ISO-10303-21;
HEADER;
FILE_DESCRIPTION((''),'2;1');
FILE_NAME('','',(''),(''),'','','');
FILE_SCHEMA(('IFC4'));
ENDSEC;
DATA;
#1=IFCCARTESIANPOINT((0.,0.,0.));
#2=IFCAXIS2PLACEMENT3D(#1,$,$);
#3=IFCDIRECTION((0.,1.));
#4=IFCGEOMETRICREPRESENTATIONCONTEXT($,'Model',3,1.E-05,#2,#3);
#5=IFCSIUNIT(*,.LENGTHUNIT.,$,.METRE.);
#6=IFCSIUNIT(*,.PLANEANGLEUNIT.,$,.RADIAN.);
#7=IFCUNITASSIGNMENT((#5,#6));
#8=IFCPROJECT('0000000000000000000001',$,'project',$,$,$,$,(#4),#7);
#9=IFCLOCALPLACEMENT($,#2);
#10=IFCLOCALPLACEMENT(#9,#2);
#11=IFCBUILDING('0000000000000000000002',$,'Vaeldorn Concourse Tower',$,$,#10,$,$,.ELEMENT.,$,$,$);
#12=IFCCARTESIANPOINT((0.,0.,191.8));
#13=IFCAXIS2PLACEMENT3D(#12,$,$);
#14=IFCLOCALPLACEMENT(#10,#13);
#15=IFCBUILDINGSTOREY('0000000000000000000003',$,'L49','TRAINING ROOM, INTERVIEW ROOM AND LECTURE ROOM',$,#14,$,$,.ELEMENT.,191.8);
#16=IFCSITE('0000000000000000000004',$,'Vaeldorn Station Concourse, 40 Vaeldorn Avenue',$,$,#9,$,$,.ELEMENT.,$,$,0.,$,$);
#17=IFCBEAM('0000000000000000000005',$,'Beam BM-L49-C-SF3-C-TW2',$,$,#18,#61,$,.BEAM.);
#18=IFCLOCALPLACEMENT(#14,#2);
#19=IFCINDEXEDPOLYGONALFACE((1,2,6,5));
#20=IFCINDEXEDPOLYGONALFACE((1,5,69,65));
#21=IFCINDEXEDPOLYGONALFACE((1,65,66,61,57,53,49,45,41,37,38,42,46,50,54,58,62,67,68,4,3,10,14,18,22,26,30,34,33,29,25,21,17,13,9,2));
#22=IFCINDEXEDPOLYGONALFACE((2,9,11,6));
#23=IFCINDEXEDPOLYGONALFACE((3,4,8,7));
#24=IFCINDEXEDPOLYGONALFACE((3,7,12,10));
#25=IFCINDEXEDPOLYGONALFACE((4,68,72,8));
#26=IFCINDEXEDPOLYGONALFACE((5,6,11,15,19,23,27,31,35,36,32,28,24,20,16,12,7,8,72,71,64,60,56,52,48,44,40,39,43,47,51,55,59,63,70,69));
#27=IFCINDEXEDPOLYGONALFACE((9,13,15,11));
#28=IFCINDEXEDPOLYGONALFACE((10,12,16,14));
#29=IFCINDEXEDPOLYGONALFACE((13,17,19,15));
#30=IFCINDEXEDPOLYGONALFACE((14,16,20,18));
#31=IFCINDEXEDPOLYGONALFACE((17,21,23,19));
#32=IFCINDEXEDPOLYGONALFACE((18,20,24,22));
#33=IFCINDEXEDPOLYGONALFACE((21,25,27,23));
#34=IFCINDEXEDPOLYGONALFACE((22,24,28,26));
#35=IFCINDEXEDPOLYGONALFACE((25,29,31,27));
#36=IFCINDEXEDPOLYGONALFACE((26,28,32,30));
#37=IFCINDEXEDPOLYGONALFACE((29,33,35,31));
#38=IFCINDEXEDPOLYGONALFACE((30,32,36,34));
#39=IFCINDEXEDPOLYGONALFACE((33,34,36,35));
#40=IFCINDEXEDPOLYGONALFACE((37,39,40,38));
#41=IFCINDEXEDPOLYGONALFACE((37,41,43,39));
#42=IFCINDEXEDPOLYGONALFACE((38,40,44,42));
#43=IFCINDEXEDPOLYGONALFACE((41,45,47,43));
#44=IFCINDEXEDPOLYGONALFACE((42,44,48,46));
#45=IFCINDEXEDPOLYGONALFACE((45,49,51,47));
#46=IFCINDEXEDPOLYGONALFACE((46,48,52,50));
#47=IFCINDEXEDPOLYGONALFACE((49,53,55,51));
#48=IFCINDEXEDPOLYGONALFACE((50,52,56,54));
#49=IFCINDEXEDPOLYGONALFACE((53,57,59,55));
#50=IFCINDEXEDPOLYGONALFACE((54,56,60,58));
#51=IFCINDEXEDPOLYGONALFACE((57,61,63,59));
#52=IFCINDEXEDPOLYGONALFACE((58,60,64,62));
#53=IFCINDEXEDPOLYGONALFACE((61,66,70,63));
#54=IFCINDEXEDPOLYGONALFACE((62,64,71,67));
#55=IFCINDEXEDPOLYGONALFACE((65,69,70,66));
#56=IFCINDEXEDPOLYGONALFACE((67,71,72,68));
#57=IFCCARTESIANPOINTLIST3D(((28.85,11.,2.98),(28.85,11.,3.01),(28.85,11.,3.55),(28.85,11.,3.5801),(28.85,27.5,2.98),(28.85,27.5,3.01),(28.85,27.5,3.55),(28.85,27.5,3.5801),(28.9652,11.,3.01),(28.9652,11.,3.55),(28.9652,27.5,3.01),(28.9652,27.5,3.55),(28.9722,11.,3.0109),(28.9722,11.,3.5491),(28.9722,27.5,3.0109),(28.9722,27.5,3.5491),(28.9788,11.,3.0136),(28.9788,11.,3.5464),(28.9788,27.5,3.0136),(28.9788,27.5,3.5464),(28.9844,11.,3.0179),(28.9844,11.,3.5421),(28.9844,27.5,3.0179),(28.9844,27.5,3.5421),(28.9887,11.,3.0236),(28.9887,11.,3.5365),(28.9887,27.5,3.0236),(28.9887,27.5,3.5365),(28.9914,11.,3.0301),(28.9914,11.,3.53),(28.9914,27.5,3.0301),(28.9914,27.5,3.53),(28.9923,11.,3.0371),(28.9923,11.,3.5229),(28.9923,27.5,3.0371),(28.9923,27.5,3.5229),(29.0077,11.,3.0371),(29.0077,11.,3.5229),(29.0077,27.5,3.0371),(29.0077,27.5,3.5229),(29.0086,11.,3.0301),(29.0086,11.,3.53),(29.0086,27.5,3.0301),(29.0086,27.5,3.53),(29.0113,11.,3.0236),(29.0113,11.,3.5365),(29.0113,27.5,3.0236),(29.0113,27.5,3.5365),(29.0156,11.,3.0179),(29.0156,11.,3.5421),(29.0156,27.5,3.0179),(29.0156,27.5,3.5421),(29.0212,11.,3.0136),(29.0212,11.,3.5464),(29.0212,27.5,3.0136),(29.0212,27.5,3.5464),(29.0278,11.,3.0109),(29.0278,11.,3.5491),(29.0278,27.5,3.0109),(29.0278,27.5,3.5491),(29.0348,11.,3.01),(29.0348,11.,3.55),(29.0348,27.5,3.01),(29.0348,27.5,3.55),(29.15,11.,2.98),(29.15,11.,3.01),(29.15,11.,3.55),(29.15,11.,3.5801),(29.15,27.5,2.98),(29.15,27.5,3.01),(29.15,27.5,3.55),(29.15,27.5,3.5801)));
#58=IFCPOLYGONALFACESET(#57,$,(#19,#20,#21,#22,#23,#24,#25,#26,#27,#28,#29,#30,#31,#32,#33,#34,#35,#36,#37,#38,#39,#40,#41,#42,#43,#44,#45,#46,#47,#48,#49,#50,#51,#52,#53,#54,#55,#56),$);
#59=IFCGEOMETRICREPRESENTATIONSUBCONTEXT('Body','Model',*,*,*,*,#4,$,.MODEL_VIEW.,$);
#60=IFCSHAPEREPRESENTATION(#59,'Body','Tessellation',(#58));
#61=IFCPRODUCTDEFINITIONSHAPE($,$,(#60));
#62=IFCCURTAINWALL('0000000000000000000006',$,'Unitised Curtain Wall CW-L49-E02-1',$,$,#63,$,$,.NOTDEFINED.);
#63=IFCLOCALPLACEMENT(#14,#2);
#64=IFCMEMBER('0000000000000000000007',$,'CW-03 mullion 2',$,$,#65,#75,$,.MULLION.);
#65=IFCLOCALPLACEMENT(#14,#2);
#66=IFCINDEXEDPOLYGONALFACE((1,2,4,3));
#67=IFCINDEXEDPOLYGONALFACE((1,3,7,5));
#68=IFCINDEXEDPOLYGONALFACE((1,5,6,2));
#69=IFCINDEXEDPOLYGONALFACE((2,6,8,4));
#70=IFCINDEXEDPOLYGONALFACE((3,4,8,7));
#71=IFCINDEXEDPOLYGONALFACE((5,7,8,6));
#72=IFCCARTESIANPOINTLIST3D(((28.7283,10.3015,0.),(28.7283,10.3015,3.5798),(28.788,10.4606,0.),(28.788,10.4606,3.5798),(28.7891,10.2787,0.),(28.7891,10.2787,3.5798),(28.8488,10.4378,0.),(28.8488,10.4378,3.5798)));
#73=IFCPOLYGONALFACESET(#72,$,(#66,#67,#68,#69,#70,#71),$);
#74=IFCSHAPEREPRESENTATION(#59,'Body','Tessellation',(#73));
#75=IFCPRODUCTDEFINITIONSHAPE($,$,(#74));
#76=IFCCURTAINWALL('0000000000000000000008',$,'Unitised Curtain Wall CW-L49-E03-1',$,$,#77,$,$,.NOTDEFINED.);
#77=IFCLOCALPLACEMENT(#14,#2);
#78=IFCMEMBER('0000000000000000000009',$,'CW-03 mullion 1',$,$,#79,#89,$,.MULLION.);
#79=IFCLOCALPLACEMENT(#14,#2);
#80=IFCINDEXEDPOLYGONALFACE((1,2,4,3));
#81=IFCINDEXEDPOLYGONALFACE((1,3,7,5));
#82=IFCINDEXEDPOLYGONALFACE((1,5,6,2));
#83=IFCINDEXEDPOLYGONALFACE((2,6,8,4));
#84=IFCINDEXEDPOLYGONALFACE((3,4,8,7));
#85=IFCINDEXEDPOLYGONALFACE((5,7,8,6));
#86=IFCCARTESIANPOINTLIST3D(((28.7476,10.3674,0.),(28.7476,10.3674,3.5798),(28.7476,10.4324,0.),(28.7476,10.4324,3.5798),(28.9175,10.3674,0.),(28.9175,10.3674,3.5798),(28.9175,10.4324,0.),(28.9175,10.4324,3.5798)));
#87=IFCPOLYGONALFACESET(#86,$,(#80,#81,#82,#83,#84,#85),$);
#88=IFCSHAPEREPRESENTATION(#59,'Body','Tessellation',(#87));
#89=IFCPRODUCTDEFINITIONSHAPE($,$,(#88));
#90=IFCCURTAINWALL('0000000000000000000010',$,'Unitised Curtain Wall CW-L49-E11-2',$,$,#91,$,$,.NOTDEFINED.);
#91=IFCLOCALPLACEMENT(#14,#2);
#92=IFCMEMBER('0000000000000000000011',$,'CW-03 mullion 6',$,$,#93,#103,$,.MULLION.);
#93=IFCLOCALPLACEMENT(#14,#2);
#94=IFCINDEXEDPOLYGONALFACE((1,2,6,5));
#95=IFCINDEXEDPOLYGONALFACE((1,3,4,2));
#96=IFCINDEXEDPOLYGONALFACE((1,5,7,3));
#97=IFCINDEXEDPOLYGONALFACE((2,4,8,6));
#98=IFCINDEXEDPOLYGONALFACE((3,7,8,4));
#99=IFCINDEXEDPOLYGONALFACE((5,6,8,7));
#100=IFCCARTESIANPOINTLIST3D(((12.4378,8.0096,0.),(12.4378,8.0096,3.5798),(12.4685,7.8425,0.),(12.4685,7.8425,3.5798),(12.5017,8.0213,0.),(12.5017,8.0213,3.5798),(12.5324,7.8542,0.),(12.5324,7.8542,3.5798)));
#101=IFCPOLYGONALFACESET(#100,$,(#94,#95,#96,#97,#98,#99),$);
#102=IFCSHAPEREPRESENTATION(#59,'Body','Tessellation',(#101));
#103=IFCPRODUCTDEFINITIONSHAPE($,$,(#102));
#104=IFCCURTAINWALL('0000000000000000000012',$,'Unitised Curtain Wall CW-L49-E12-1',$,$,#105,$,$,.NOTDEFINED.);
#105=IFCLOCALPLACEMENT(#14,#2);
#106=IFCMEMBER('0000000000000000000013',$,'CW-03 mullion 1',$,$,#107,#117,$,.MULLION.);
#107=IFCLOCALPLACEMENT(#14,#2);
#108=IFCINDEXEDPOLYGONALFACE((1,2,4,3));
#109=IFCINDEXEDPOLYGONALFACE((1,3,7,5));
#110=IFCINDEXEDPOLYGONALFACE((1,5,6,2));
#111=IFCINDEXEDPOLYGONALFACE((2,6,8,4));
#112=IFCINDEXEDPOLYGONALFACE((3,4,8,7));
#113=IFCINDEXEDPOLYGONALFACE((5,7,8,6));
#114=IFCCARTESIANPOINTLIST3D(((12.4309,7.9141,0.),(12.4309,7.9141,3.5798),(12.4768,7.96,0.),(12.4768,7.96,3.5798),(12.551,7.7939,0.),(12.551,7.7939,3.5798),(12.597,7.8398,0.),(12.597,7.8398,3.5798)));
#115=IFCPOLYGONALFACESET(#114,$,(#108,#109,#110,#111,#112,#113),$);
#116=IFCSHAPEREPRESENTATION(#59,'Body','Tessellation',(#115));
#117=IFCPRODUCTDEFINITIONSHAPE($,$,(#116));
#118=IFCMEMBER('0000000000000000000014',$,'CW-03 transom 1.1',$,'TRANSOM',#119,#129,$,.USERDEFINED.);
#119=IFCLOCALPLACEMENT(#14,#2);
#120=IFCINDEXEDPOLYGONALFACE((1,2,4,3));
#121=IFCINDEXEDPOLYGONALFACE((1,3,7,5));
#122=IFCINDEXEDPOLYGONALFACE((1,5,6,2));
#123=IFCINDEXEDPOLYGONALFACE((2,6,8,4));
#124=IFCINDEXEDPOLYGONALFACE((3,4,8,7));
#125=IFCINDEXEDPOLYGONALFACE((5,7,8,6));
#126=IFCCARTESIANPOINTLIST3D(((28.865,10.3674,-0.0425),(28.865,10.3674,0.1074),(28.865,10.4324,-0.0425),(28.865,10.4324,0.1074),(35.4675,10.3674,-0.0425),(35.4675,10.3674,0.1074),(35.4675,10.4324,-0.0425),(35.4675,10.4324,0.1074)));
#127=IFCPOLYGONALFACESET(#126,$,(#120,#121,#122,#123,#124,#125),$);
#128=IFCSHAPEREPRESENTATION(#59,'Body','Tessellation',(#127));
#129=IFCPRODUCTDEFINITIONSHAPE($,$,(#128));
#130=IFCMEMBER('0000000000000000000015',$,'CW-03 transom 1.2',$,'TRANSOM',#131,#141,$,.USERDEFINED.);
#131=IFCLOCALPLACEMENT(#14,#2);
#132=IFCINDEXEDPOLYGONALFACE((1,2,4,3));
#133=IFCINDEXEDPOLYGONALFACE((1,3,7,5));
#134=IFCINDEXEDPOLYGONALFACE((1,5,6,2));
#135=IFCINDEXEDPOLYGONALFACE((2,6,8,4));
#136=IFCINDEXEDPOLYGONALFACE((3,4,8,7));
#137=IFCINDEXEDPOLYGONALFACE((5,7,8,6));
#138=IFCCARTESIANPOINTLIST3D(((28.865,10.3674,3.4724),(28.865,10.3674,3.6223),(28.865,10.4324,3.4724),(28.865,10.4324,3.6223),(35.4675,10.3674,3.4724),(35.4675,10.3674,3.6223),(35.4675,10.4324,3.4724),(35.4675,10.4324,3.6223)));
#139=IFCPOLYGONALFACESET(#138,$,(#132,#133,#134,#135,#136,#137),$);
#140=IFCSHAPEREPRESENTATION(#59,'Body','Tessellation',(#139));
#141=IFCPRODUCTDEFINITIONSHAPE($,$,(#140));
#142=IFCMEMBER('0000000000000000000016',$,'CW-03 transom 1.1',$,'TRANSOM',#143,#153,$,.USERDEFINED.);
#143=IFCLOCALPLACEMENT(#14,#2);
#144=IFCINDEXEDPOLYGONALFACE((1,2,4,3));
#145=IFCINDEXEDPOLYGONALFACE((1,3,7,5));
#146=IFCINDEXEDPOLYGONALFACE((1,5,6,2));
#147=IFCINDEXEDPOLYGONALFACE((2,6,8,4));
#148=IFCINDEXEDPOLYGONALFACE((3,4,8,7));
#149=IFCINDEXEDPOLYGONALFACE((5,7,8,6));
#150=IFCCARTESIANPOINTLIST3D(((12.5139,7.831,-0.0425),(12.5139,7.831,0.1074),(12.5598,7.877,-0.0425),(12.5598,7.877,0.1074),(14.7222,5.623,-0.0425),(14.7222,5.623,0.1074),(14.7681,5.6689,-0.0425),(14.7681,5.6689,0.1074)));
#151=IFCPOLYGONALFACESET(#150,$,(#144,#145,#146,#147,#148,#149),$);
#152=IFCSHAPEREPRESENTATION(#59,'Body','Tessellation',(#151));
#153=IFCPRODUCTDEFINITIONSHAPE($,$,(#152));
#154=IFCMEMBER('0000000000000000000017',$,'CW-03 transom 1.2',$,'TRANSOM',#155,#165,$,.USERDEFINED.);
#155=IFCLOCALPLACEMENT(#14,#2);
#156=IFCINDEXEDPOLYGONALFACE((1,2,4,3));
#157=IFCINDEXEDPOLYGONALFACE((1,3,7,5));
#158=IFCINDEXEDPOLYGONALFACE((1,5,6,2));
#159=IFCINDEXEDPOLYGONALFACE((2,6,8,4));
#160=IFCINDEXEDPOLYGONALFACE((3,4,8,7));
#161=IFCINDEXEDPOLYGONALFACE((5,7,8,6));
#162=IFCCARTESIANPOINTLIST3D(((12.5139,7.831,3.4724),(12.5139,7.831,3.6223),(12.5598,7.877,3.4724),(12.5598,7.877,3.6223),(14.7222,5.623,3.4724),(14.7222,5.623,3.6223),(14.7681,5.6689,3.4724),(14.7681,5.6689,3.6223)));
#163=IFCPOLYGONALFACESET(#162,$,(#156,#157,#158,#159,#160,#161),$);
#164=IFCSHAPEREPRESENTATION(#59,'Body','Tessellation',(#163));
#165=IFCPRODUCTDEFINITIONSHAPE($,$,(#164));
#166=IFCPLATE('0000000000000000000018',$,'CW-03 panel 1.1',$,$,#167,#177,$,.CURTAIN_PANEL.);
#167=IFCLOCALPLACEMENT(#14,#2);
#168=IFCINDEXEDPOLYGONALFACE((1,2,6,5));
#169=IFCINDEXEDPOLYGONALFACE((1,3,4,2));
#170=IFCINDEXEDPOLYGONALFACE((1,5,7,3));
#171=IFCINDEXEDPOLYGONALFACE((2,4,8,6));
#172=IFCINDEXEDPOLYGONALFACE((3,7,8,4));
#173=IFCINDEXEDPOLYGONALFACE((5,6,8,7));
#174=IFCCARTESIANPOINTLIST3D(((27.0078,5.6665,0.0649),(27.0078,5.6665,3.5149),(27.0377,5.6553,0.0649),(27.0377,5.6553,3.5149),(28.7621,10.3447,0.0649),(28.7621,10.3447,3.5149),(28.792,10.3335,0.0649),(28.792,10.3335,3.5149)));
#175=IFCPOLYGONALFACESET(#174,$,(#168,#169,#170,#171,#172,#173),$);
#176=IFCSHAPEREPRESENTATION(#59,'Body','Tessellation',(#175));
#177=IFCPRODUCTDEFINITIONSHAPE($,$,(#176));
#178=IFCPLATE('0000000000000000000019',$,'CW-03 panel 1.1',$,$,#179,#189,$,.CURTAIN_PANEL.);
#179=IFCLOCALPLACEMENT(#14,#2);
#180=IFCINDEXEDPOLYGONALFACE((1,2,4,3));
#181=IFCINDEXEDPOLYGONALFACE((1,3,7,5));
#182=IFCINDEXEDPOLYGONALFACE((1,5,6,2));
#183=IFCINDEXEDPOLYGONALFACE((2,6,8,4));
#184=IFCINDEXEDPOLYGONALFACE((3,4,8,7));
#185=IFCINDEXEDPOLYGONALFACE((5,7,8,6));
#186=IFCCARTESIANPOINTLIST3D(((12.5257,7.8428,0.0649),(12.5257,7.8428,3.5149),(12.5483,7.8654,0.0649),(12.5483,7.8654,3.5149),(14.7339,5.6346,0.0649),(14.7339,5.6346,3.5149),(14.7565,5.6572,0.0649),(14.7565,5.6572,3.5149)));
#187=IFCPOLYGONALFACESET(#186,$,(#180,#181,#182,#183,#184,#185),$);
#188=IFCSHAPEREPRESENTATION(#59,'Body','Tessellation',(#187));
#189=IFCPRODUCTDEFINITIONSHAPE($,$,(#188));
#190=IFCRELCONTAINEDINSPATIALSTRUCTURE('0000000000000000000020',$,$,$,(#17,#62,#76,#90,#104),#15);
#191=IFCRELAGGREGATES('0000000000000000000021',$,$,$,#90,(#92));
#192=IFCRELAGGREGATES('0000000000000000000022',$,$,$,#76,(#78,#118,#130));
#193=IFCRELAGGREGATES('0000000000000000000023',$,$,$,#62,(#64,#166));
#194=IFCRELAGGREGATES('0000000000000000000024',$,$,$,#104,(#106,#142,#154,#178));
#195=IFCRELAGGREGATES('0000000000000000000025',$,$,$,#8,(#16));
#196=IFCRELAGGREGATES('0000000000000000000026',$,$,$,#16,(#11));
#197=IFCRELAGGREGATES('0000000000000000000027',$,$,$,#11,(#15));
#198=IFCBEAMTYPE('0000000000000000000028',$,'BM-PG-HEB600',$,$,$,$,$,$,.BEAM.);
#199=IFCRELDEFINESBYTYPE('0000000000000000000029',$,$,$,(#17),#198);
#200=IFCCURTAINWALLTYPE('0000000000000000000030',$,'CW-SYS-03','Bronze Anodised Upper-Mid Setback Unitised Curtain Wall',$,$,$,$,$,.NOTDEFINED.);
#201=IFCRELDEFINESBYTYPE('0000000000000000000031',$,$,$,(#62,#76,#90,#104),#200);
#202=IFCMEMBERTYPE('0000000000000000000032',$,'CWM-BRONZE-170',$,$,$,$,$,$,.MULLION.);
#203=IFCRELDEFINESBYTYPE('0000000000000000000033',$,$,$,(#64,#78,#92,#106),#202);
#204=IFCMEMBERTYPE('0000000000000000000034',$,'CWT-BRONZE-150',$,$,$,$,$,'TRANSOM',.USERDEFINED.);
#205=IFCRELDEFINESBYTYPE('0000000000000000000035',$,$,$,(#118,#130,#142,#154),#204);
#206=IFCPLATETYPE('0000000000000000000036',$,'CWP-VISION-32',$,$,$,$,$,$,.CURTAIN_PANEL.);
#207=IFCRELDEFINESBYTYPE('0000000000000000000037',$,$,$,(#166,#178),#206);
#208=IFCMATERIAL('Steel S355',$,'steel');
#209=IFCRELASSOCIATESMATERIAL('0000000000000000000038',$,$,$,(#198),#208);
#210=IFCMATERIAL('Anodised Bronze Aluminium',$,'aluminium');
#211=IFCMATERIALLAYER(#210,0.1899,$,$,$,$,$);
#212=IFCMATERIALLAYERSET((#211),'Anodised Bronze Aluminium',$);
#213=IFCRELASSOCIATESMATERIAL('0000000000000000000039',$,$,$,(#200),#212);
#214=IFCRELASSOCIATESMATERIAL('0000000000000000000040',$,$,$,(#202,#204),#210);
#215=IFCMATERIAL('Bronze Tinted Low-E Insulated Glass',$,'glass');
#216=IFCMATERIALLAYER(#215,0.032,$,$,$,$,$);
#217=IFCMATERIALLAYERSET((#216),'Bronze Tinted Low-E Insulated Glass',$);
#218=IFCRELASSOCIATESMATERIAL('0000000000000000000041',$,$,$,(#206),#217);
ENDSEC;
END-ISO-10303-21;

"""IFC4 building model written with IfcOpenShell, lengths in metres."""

from ifc_helpers import new_model, si_unit, direction, frame, origin, origin_2d, place, context, subcontext, project, spatial, rectangle, i_section, extrude, source, transform, mapped, material, layer, layer_set, material_profile, profile_set, type_object, element, aggregate, save


model = new_model("IFC4")

# Units and contexts
model_context = context("Model", 3, precision=1e-05, world=origin(), true_north=direction((0.0, 1.0)))
body_context = subcontext(model_context, "Body", "Model", "MODEL_VIEW")
ifc_project = project(units=[si_unit("LENGTHUNIT", "METRE"), si_unit("PLANEANGLEUNIT", "RADIAN")], contexts=[model_context])

# Site, building, storey
site_placement = place(None, origin())
site = spatial("IfcSite", under=ifc_project, at=site_placement, Name="Vaeldorn Station Concourse, 40 Vaeldorn Avenue", CompositionType="ELEMENT", RefElevation=0.0)
building_placement = place(site_placement, origin())
building = spatial("IfcBuilding", under=site, at=building_placement, Name="Vaeldorn Concourse Tower", CompositionType="ELEMENT")
storey_placement = place(building_placement, frame((0.0, 0.0, 191.8)))
storey = spatial("IfcBuildingStorey", under=building, at=storey_placement, Name="L49", Description="TRAINING ROOM, INTERVIEW ROOM AND LECTURE ROOM", CompositionType="ELEMENT", Elevation=191.8)

# Shared definitions
ifc_material_1 = material(Name="Steel S355", Category="steel")

# Beam
ifc_material_profile_1 = material_profile(ifc_material_1, i_section(OverallWidth=0.3, OverallDepth=0.6001, WebThickness=0.0154, FlangeThickness=0.03, FilletRadius=0.0271, at=origin_2d()), Name="HEB 600")
ifc_profile_set_1 = profile_set([ifc_material_profile_1], Name="Steel S355")
beam_type_1 = type_object("IfcBeamType", Name="BM-PG-HEB600", PredefinedType="BEAM", material=ifc_profile_set_1)
shared_shape_1 = source(origin(), body_context, "Body", "SweptSolid", [
    extrude(i_section(OverallWidth=0.3, OverallDepth=0.6001, WebThickness=0.0154, FlangeThickness=0.03, FilletRadius=0.0271, at=origin_2d()), origin(), (0.0, 0.0, 1.0), 16.5),
])
beam_1_placement = place(storey_placement, frame((29.0, 11.0, 3.28), z_axis=(0.0, 1.0, 0.0), x_axis=(-1.0, 0.0, 0.0)))
element("IfcBeam", 1, at=beam_1_placement, inside=storey, type_object=beam_type_1, Name="Beam BM-L49-C-SF3-C-TW2", PredefinedType="BEAM", context=body_context, shape_type="MappedRepresentation", body=[
    mapped(shared_shape_1, transform((0.0, 0.0, 0.0), scale=1.0)),
])

# Curtain walls, members
ifc_material_2 = material(Name="Anodised Bronze Aluminium", Category="aluminium")
ifc_layer_1 = layer(ifc_material_2, 0.1899)
ifc_layer_set_1 = layer_set([ifc_layer_1], Name="Anodised Bronze Aluminium")
curtain_wall_type = type_object("IfcCurtainWallType", Name="CW-SYS-03", Description="Bronze Anodised Upper-Mid Setback Unitised Curtain Wall", PredefinedType="NOTDEFINED", material=ifc_layer_set_1)
curtain_wall_1_placement = place(storey_placement, origin())
curtain_wall_1 = element("IfcCurtainWall", 2, at=curtain_wall_1_placement, inside=storey, type_object=curtain_wall_type, Name="Unitised Curtain Wall CW-L49-E02-1", PredefinedType="NOTDEFINED")
ifc_material_profile_2 = material_profile(ifc_material_2, rectangle(XDim=0.0649, YDim=0.1699, at=origin_2d()), Name="CWM 65x170")
ifc_profile_set_2 = profile_set([ifc_material_profile_2], Name="Anodised Bronze Aluminium")
member_type_1 = type_object("IfcMemberType", Name="CWM-BRONZE-170", PredefinedType="MULLION", material=ifc_profile_set_2)
shared_shape_2 = source(origin(), body_context, "Body", "SweptSolid", [
    extrude(rectangle(XDim=0.0649, YDim=0.1699, at=origin_2d()), origin(), (0.0, 0.0, 1.0), 3.5798),
])
member_1_placement = place(storey_placement, frame((28.7886, 10.3696, 0.0), z_axis=(0.0, 0.0, 1.0), x_axis=(-0.936329, 0.351123, 0.0)))
member_1 = element("IfcMember", 3, at=member_1_placement, type_object=member_type_1, Name="CW-03 mullion 2", PredefinedType="MULLION", context=body_context, shape_type="MappedRepresentation", body=[
    mapped(shared_shape_2, transform((0.0, 0.0, 0.0), scale=1.0)),
])
curtain_wall_2_placement = place(storey_placement, origin())
curtain_wall_2 = element("IfcCurtainWall", 4, at=curtain_wall_2_placement, inside=storey, type_object=curtain_wall_type, Name="Unitised Curtain Wall CW-L49-E03-1", PredefinedType="NOTDEFINED")
member_2_placement = place(storey_placement, frame((28.8325, 10.3999, 0.0), z_axis=(0.0, 0.0, 1.0), x_axis=(0.0, 1.0, 0.0)))
member_2 = element("IfcMember", 5, at=member_2_placement, type_object=member_type_1, Name="CW-03 mullion 1", PredefinedType="MULLION", context=body_context, shape_type="MappedRepresentation", body=[
    mapped(shared_shape_2, transform((0.0, 0.0, 0.0), scale=1.0)),
])
curtain_wall_3_placement = place(storey_placement, origin())
curtain_wall_3 = element("IfcCurtainWall", 6, at=curtain_wall_3_placement, inside=storey, type_object=curtain_wall_type, Name="Unitised Curtain Wall CW-L49-E11-2", PredefinedType="NOTDEFINED")
member_3_placement = place(storey_placement, frame((12.4851, 7.9319, 0.0), z_axis=(0.0, 0.0, 1.0), x_axis=(0.983559, 0.180585, 0.0)))
member_3 = element("IfcMember", 7, at=member_3_placement, type_object=member_type_1, Name="CW-03 mullion 6", PredefinedType="MULLION", context=body_context, shape_type="MappedRepresentation", body=[
    mapped(shared_shape_2, transform((0.0, 0.0, 0.0), scale=1.0)),
])
aggregate(curtain_wall_3, [member_3])
curtain_wall_4_placement = place(storey_placement, origin())
curtain_wall_4 = element("IfcCurtainWall", 8, at=curtain_wall_4_placement, inside=storey, type_object=curtain_wall_type, Name="Unitised Curtain Wall CW-L49-E12-1", PredefinedType="NOTDEFINED")
member_4_placement = place(storey_placement, frame((12.5139, 7.877, 0.0), z_axis=(0.0, 0.0, 1.0), x_axis=(0.707107, 0.707107, 0.0)))
member_4 = element("IfcMember", 9, at=member_4_placement, type_object=member_type_1, Name="CW-03 mullion 1", PredefinedType="MULLION", context=body_context, shape_type="MappedRepresentation", body=[
    mapped(shared_shape_2, transform((0.0, 0.0, 0.0), scale=1.0)),
])

# Members
ifc_material_profile_3 = material_profile(ifc_material_2, rectangle(XDim=0.0649, YDim=0.1499, at=origin_2d()), Name="CWT 65x150")
ifc_profile_set_3 = profile_set([ifc_material_profile_3], Name="Anodised Bronze Aluminium")
member_type_2 = type_object("IfcMemberType", Name="CWT-BRONZE-150", ElementType="TRANSOM", PredefinedType="USERDEFINED", material=ifc_profile_set_3)
shared_shape_3 = source(origin(), body_context, "Body", "SweptSolid", [
    extrude(rectangle(XDim=0.0649, YDim=0.1499, at=origin_2d()), origin(), (0.0, 0.0, 1.0), 6.6025),
])
member_5_placement = place(storey_placement, frame((28.865, 10.3999, 0.0325), z_axis=(1.0, 0.0, 0.0), x_axis=(0.0, 1.0, 0.0)))
member_5 = element("IfcMember", 10, at=member_5_placement, type_object=member_type_2, Name="CW-03 transom 1.1", ObjectType="TRANSOM", PredefinedType="USERDEFINED", context=body_context, shape_type="MappedRepresentation", body=[
    mapped(shared_shape_3, transform((0.0, 0.0, 0.0), scale=1.0)),
])
member_6_placement = place(storey_placement, frame((28.865, 10.3999, 3.5474), z_axis=(1.0, 0.0, 0.0), x_axis=(0.0, 1.0, 0.0)))
member_6 = element("IfcMember", 11, at=member_6_placement, type_object=member_type_2, Name="CW-03 transom 1.2", ObjectType="TRANSOM", PredefinedType="USERDEFINED", context=body_context, shape_type="MappedRepresentation", body=[
    mapped(shared_shape_3, transform((0.0, 0.0, 0.0), scale=1.0)),
])
aggregate(curtain_wall_2, [member_2, member_5, member_6])
shared_shape_4 = source(origin(), body_context, "Body", "SweptSolid", [
    extrude(rectangle(XDim=0.0649, YDim=0.1499, at=origin_2d()), origin(), (0.0, 0.0, 1.0), 3.1228),
])
member_7_placement = place(storey_placement, frame((12.5369, 7.854, 0.0325), z_axis=(0.707146, -0.707068, 0.0), x_axis=(0.707068, 0.707146, 0.0)))
member_7 = element("IfcMember", 12, at=member_7_placement, type_object=member_type_2, Name="CW-03 transom 1.1", ObjectType="TRANSOM", PredefinedType="USERDEFINED", context=body_context, shape_type="MappedRepresentation", body=[
    mapped(shared_shape_4, transform((0.0, 0.0, 0.0), scale=1.0)),
])
member_8_placement = place(storey_placement, frame((12.5369, 7.854, 3.5474), z_axis=(0.707146, -0.707068, 0.0), x_axis=(0.707068, 0.707146, 0.0)))
member_8 = element("IfcMember", 13, at=member_8_placement, type_object=member_type_2, Name="CW-03 transom 1.2", ObjectType="TRANSOM", PredefinedType="USERDEFINED", context=body_context, shape_type="MappedRepresentation", body=[
    mapped(shared_shape_4, transform((0.0, 0.0, 0.0), scale=1.0)),
])

# Plates
ifc_material_3 = material(Name="Bronze Tinted Low-E Insulated Glass", Category="glass")
ifc_layer_2 = layer(ifc_material_3, 0.032)
ifc_layer_set_2 = layer_set([ifc_layer_2], Name="Bronze Tinted Low-E Insulated Glass")
plate_type = type_object("IfcPlateType", Name="CWP-VISION-32", PredefinedType="CURTAIN_PANEL", material=ifc_layer_set_2)
shared_shape_5 = source(origin(), body_context, "Body", "SweptSolid", [
    extrude(rectangle(XDim=4.9963, YDim=0.032, at=origin_2d()), origin(), (0.0, 0.0, 1.0), 3.45),
])
plate_1_placement = place(storey_placement, frame((27.8999, 8.0, 0.0649), z_axis=(0.0, 0.0, 1.0), x_axis=(0.351123, 0.936329, 0.0)))
plate_1 = element("IfcPlate", 14, at=plate_1_placement, type_object=plate_type, Name="CW-03 panel 1.1", PredefinedType="CURTAIN_PANEL", context=body_context, shape_type="MappedRepresentation", body=[
    mapped(shared_shape_5, transform((0.0, 0.0, 0.0), scale=1.0)),
])
aggregate(curtain_wall_1, [member_1, plate_1])
shared_shape_6 = source(origin(), body_context, "Body", "SweptSolid", [
    extrude(rectangle(XDim=3.1228, YDim=0.032, at=origin_2d()), origin(), (0.0, 0.0, 1.0), 3.45),
])
plate_2_placement = place(storey_placement, frame((13.6411, 6.75, 0.0649), z_axis=(0.0, 0.0, 1.0), x_axis=(0.707107, -0.707107, 0.0)))
plate_2 = element("IfcPlate", 15, at=plate_2_placement, type_object=plate_type, Name="CW-03 panel 1.1", PredefinedType="CURTAIN_PANEL", context=body_context, shape_type="MappedRepresentation", body=[
    mapped(shared_shape_6, transform((0.0, 0.0, 0.0), scale=1.0)),
])
aggregate(curtain_wall_4, [member_4, member_7, member_8, plate_2])

save(model, "model.ifc")
